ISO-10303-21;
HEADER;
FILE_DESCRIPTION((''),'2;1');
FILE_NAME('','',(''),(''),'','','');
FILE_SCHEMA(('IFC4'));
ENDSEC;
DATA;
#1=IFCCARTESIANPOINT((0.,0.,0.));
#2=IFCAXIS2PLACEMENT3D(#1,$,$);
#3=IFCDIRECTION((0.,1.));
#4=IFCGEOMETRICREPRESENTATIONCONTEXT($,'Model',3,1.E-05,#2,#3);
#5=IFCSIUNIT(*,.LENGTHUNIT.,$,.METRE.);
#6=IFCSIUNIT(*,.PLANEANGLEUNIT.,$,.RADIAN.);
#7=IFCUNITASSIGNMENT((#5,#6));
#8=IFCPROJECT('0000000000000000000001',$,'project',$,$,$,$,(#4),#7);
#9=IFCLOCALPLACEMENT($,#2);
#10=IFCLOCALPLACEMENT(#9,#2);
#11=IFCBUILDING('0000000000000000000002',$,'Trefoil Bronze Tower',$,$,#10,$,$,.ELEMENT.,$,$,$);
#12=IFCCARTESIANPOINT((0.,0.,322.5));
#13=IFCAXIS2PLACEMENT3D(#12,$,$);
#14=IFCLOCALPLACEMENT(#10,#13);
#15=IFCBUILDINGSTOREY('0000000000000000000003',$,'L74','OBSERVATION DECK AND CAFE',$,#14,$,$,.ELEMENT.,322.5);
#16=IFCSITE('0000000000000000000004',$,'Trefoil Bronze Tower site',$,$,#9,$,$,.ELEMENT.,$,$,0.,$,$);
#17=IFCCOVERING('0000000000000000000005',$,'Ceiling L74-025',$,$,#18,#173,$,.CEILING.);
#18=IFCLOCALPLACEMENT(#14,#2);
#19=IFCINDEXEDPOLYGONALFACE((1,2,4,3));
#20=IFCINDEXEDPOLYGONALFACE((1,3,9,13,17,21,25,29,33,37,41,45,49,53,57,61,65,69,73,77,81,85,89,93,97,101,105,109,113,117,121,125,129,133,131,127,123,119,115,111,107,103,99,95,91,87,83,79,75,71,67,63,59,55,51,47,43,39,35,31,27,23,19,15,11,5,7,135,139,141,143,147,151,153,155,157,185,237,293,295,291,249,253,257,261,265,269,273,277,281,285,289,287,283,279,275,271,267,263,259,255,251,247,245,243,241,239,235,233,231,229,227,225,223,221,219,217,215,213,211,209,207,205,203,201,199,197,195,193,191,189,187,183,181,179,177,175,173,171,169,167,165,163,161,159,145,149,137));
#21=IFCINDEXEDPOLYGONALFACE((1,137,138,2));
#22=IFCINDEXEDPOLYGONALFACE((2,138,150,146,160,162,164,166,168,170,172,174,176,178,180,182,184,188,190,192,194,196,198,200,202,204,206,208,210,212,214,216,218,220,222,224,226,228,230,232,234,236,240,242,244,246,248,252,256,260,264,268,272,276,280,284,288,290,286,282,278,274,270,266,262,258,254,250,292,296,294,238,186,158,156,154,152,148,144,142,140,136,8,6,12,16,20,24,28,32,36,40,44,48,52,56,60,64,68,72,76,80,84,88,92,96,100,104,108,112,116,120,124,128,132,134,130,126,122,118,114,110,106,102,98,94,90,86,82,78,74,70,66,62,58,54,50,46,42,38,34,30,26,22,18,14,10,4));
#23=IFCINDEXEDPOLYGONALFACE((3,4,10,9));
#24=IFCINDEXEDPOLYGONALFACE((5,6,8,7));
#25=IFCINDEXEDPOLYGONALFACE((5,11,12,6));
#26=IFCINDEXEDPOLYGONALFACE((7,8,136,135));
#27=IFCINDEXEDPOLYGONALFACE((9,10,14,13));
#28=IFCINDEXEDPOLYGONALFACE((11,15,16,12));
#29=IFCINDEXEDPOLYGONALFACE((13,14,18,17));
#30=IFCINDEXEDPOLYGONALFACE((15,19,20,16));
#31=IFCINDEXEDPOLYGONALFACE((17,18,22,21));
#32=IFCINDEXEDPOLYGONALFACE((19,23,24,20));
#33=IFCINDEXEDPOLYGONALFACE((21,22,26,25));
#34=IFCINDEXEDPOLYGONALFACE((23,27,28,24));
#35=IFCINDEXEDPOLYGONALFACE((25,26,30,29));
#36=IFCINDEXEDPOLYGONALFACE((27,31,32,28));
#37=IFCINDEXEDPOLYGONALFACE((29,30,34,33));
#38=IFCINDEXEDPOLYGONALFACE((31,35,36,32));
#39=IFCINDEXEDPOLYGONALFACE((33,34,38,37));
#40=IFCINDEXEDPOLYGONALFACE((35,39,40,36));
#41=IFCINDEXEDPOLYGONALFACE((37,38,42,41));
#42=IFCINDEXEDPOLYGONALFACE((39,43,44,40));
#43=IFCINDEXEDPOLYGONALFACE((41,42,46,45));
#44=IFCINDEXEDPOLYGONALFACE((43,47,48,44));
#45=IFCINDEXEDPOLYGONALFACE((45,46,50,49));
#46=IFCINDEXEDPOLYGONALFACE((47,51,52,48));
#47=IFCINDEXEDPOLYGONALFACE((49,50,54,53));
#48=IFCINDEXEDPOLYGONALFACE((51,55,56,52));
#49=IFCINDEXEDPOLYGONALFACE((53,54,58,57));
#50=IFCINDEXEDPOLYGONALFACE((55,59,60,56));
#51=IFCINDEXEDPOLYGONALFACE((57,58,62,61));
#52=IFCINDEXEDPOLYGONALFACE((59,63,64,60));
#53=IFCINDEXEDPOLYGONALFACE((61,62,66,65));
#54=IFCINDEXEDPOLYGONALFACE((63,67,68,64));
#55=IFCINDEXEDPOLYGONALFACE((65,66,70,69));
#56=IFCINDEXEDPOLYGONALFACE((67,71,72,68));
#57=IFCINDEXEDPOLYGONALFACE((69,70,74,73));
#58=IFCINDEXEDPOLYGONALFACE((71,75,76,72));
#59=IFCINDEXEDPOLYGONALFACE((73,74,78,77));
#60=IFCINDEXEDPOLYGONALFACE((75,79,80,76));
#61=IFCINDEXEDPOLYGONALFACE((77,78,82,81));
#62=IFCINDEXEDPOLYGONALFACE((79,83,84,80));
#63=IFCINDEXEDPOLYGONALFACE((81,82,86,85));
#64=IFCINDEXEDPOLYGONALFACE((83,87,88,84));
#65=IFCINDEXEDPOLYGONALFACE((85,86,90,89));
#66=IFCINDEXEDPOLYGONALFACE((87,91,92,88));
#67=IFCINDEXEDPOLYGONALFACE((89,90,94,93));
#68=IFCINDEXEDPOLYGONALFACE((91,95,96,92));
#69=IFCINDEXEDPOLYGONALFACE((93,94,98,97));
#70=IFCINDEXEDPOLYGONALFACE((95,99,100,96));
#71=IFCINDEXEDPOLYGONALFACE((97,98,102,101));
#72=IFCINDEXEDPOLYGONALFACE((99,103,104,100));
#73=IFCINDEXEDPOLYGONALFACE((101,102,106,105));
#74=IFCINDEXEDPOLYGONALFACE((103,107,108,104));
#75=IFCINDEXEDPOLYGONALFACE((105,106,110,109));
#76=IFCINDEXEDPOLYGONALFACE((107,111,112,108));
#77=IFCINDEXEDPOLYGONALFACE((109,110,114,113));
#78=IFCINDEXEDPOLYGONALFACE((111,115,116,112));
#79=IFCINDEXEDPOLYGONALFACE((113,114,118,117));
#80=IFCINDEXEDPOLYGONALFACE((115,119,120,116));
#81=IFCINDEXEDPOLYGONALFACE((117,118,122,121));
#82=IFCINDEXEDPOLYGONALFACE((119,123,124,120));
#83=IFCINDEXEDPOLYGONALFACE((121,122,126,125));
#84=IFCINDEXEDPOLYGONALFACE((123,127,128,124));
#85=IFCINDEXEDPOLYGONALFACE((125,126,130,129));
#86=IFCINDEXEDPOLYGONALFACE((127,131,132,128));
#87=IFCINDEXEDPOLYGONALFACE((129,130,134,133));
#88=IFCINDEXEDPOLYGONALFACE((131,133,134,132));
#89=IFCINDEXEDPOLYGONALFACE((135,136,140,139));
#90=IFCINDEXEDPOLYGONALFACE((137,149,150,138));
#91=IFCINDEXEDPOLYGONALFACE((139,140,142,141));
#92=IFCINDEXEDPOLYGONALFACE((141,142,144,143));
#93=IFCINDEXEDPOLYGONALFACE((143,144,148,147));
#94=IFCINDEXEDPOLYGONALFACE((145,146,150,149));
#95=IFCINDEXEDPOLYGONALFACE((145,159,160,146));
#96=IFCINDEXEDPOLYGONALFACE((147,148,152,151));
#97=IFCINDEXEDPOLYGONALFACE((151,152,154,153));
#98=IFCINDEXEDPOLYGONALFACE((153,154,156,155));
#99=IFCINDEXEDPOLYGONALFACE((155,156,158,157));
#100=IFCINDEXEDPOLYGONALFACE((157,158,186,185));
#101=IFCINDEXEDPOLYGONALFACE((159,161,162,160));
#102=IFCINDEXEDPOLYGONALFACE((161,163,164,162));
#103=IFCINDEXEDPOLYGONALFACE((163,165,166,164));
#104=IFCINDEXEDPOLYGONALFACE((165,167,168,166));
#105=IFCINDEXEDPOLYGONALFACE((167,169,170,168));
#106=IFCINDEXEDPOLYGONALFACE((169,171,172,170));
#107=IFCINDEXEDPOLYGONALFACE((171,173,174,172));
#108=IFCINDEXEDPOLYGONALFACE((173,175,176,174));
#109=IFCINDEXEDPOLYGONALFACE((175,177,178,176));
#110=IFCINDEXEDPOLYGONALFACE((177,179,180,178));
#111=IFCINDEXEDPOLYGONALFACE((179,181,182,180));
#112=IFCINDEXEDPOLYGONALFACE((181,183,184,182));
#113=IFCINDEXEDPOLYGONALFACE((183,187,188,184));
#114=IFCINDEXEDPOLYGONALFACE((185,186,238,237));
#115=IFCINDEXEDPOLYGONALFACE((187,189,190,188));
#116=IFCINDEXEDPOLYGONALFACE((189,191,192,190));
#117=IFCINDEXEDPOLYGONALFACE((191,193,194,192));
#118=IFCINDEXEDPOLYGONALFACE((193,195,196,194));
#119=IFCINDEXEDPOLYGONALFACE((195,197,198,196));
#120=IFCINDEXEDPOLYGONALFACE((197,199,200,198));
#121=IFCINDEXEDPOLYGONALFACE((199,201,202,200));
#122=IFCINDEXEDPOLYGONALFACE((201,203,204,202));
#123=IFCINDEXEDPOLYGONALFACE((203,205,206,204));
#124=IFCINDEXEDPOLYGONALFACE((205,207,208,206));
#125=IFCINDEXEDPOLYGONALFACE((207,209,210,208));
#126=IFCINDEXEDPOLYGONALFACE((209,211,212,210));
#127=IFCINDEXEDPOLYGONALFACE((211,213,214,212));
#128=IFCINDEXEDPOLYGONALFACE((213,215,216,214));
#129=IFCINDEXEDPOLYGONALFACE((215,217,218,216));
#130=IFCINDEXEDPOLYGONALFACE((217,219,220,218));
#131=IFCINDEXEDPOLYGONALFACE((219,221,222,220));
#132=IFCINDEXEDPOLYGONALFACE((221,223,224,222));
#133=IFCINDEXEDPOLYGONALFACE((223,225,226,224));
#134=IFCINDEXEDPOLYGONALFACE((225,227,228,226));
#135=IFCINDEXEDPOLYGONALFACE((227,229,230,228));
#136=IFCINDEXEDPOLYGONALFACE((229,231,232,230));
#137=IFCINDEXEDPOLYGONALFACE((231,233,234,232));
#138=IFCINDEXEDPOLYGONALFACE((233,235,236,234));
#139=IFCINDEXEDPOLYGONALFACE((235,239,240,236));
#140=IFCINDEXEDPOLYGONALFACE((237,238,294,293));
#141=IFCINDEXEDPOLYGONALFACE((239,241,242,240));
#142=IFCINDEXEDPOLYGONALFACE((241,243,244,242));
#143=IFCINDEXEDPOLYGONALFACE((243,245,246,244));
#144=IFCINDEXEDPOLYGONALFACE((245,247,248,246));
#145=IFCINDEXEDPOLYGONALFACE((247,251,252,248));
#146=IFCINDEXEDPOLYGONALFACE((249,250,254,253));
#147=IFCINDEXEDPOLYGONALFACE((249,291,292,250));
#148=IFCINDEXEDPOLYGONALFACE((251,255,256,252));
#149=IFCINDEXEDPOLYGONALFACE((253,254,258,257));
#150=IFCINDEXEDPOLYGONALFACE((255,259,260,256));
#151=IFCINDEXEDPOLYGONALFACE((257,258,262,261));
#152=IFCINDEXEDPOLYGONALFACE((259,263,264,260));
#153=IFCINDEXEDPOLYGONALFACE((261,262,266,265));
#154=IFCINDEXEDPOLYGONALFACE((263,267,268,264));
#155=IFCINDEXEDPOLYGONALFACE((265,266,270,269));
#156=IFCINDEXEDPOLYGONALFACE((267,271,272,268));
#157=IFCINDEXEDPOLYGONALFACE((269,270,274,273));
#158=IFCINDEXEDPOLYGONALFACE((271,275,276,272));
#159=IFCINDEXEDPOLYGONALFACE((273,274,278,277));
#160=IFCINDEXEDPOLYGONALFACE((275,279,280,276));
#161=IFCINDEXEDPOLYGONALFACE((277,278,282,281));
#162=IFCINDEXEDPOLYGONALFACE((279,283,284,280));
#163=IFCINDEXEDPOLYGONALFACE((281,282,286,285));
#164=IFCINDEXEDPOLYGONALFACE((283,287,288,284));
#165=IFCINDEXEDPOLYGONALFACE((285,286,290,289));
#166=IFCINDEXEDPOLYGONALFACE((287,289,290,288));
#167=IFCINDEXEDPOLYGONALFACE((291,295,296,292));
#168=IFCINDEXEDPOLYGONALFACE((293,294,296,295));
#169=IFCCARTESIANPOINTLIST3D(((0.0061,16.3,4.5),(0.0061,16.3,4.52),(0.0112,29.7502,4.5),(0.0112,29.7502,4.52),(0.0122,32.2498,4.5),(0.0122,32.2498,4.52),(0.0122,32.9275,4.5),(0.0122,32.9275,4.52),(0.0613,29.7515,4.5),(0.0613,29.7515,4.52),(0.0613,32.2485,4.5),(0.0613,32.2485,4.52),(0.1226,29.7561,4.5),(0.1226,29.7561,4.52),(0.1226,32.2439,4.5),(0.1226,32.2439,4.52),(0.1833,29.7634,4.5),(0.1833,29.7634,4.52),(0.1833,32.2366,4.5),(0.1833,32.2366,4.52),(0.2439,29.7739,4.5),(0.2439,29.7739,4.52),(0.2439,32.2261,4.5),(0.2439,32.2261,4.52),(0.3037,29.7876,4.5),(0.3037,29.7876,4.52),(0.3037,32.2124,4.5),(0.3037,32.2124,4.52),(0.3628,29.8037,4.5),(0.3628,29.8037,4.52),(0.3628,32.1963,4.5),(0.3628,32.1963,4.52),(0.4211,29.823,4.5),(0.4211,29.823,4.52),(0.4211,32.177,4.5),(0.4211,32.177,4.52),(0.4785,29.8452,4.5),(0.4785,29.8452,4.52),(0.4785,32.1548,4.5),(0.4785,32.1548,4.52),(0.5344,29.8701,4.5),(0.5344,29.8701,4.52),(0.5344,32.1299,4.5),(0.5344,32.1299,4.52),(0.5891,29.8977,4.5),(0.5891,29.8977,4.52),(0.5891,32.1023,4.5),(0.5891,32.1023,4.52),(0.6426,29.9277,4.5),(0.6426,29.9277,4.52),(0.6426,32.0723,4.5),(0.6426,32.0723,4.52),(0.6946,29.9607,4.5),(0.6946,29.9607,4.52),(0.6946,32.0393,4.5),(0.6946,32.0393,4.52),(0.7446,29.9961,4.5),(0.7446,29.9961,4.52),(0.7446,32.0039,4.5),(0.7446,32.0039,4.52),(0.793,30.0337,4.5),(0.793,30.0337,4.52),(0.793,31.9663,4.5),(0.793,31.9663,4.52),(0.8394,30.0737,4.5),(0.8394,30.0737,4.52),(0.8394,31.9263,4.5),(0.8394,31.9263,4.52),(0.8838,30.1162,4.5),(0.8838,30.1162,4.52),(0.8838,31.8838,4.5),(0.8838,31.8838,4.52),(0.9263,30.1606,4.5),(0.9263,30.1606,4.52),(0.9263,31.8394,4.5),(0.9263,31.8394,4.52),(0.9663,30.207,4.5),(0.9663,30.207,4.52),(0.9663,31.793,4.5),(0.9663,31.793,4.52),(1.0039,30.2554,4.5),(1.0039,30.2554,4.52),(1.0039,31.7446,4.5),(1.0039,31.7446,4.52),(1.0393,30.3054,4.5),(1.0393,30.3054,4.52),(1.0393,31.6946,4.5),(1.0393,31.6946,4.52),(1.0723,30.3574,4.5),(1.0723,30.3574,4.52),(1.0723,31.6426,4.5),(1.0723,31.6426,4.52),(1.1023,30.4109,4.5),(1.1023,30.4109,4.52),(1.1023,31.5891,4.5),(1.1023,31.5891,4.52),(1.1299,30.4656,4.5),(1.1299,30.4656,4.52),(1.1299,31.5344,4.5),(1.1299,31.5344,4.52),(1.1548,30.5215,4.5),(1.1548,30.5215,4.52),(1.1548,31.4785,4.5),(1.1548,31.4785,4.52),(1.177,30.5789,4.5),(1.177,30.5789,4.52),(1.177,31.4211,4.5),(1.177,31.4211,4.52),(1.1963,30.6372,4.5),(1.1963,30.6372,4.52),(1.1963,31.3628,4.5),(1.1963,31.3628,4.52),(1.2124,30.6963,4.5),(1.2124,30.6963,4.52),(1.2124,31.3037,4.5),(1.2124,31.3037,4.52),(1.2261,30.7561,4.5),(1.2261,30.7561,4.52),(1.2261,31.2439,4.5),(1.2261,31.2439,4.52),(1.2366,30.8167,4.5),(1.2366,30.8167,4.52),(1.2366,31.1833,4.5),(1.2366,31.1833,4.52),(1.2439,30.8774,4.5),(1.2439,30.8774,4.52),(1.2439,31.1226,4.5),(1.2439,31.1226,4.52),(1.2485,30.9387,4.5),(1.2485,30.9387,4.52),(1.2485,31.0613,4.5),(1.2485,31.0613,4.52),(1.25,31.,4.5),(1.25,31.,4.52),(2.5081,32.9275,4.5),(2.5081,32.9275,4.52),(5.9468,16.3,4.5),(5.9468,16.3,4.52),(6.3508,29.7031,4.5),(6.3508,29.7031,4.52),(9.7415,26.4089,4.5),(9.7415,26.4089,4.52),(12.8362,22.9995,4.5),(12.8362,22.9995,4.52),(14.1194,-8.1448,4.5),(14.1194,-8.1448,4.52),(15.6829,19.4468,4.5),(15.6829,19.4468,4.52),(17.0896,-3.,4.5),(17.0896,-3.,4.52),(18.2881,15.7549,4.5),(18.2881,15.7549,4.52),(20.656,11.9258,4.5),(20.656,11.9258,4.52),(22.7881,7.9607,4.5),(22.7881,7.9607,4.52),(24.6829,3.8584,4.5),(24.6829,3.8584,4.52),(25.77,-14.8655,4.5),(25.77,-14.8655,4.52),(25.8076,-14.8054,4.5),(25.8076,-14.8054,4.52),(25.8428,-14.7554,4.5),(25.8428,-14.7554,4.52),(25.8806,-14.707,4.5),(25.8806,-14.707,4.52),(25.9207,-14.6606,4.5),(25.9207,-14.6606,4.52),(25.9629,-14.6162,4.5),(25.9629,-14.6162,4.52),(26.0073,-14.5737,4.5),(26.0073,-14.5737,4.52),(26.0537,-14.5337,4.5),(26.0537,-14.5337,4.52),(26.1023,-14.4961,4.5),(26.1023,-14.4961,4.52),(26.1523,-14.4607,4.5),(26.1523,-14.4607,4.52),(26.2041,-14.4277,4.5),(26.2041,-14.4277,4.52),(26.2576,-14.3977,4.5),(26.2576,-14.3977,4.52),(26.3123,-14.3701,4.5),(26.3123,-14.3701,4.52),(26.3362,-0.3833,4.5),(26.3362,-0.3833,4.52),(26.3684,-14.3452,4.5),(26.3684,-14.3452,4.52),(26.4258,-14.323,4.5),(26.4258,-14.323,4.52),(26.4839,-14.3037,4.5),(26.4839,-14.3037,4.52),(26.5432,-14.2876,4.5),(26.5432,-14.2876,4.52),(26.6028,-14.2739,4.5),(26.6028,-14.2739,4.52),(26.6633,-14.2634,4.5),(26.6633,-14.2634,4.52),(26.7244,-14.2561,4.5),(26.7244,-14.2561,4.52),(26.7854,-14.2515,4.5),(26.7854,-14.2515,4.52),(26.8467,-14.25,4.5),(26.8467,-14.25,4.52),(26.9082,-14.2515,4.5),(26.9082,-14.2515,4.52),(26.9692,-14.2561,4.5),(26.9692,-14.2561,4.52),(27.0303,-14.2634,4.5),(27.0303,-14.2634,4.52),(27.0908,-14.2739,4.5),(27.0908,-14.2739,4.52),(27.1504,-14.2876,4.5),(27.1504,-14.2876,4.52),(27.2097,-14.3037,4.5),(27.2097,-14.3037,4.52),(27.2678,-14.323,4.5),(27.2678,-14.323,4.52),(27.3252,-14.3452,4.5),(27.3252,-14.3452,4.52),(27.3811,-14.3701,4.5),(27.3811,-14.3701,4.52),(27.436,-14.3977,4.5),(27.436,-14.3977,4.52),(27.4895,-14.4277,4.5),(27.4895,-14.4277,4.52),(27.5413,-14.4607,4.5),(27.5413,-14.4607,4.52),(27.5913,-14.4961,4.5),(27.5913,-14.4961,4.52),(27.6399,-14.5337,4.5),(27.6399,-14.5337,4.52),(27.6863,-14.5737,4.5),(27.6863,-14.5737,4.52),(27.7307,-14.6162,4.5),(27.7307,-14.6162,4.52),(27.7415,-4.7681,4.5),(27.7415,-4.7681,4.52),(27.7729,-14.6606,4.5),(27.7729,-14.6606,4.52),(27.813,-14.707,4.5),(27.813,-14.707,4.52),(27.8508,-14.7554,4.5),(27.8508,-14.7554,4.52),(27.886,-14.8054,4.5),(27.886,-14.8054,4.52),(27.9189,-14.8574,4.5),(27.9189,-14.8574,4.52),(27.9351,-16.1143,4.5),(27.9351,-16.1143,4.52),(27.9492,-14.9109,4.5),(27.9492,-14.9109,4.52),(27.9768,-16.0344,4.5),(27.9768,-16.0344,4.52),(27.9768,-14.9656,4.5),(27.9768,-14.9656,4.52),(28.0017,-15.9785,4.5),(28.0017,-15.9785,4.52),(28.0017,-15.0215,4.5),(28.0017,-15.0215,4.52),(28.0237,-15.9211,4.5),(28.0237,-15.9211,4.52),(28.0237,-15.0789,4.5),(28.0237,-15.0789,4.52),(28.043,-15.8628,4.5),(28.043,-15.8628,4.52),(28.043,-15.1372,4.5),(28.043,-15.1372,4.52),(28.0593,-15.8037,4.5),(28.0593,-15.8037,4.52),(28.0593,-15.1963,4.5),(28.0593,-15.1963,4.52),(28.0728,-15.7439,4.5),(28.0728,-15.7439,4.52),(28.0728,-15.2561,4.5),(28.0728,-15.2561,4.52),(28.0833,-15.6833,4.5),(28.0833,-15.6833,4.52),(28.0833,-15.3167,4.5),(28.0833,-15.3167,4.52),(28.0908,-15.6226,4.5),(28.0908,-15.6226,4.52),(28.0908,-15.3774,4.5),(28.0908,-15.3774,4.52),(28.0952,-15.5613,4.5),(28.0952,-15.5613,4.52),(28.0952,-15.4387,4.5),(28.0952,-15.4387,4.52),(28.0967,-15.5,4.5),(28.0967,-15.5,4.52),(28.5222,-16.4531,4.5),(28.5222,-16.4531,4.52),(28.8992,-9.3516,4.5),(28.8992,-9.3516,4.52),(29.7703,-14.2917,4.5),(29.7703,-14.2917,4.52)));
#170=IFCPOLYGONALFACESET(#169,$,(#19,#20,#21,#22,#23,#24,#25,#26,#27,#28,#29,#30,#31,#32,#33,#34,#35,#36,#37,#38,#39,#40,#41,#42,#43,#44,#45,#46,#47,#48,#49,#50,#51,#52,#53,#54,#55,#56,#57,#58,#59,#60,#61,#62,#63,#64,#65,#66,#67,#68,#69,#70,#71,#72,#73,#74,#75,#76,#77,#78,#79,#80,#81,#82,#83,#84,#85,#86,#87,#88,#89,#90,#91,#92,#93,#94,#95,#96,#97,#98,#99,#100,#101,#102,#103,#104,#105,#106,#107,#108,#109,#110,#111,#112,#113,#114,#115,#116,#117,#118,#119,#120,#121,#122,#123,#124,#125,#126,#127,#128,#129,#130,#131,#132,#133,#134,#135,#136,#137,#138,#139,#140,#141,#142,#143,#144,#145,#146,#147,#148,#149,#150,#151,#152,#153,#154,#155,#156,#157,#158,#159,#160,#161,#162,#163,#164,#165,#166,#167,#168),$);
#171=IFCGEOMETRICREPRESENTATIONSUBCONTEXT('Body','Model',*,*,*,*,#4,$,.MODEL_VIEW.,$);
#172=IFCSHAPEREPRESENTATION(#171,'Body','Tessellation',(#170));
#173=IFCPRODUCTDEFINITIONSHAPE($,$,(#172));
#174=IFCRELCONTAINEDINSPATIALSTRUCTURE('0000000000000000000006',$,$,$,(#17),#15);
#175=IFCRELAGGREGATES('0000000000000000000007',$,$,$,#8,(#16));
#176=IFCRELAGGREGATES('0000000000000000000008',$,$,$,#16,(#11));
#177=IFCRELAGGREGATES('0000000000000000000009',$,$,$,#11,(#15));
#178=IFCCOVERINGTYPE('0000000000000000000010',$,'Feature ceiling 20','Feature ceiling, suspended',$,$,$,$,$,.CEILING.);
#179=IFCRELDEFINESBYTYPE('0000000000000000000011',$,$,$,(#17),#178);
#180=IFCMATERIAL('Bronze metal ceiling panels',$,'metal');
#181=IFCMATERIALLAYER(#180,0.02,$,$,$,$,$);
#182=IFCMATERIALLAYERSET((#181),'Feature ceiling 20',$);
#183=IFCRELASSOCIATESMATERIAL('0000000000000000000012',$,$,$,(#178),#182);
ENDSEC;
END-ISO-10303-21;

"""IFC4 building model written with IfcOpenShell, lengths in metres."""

from ifc_helpers import new_model, si_unit, direction, frame, origin, place, context, subcontext, project, spatial, polyline, outline, extrude, material, layer, layer_set, type_object, element, save


model = new_model("IFC4")

# Units and contexts
model_context = context("Model", 3, precision=1e-05, world=origin(), true_north=direction((0.0, 1.0)))
body_context = subcontext(model_context, "Body", "Model", "MODEL_VIEW")
ifc_project = project(units=[si_unit("LENGTHUNIT", "METRE"), si_unit("PLANEANGLEUNIT", "RADIAN")], contexts=[model_context])

# Site, building, storey
site_placement = place(None, origin())
site = spatial("IfcSite", under=ifc_project, at=site_placement, Name="Trefoil Bronze Tower site", CompositionType="ELEMENT", RefElevation=0.0)
building_placement = place(site_placement, origin())
building = spatial("IfcBuilding", under=site, at=building_placement, Name="Trefoil Bronze Tower", CompositionType="ELEMENT")
storey_placement = place(building_placement, frame((0.0, 0.0, 322.5)))
storey = spatial("IfcBuildingStorey", under=building, at=storey_placement, Name="L74", Description="OBSERVATION DECK AND CAFE", CompositionType="ELEMENT", Elevation=322.5)

# Covering
ifc_material_1 = material(Name="Bronze metal ceiling panels", Category="metal")
ifc_layer_1 = layer(ifc_material_1, 0.02)
ifc_layer_set_1 = layer_set([ifc_layer_1], Name="Feature ceiling 20")
covering_type = type_object("IfcCoveringType", Name="Feature ceiling 20", Description="Feature ceiling, suspended", PredefinedType="CEILING", material=ifc_layer_set_1)
covering_1_placement = place(storey_placement, frame((0.0, 0.0, 4.5)))
element("IfcCovering", 1, at=covering_1_placement, inside=storey, type_object=covering_type, Name="Ceiling L74-025", PredefinedType="CEILING", context=body_context, shape_type="SweptSolid", body=[
    extrude(outline(polyline([(9.7415, 26.4089), (12.8362, 22.9995), (15.6829, 19.4468), (18.2881, 15.7549), (20.656, 11.9258), (22.7881, 7.9607), (24.6829, 3.8584), (26.3362, -0.3833), (27.7415, -4.7681), (28.8992, -9.3516), (29.7703, -14.2917), (28.5222, -16.4531), (27.9351, -16.1143), (27.9768, -16.0344), (28.0017, -15.9785), (28.0237, -15.9211), (28.043, -15.8628), (28.0593, -15.8037), (28.0728, -15.7439), (28.0833, -15.6833), (28.0908, -15.6226), (28.0952, -15.5613), (28.0967, -15.5), (28.0952, -15.4387), (28.0908, -15.3774), (28.0833, -15.3167), (28.0728, -15.2561), (28.0593, -15.1963), (28.043, -15.1372), (28.0237, -15.0789), (28.0017, -15.0215), (27.9768, -14.9656), (27.9492, -14.9109), (27.9189, -14.8574), (27.886, -14.8054), (27.8508, -14.7554), (27.813, -14.707), (27.7729, -14.6606), (27.7307, -14.6162), (27.6863, -14.5737), (27.6399, -14.5337), (27.5913, -14.4961), (27.5413, -14.4607), (27.4895, -14.4277), (27.436, -14.3977), (27.3811, -14.3701), (27.3252, -14.3452), (27.2678, -14.323), (27.2097, -14.3037), (27.1504, -14.2876), (27.0908, -14.2739), (27.0303, -14.2634), (26.9692, -14.2561), (26.9082, -14.2515), (26.8467, -14.25), (26.7854, -14.2515), (26.7244, -14.2561), (26.6633, -14.2634), (26.6028, -14.2739), (26.5432, -14.2876), (26.4839, -14.3037), (26.4258, -14.323), (26.3684, -14.3452), (26.3123, -14.3701), (26.2576, -14.3977), (26.2041, -14.4277), (26.1523, -14.4607), (26.1023, -14.4961), (26.0537, -14.5337), (26.0073, -14.5737), (25.9629, -14.6162), (25.9207, -14.6606), (25.8806, -14.707), (25.8428, -14.7554), (25.8076, -14.8054), (25.77, -14.8655), (14.1194, -8.1448), (17.0896, -3.0), (5.9468, 16.3), (0.0061, 16.3), (0.0112, 29.7502), (0.0613, 29.7515), (0.1226, 29.7561), (0.1833, 29.7634), (0.2439, 29.7739), (0.3037, 29.7876), (0.3628, 29.8037), (0.4211, 29.823), (0.4785, 29.8452), (0.5344, 29.8701), (0.5891, 29.8977), (0.6426, 29.9277), (0.6946, 29.9607), (0.7446, 29.9961), (0.793, 30.0337), (0.8394, 30.0737), (0.8838, 30.1162), (0.9263, 30.1606), (0.9663, 30.207), (1.0039, 30.2554), (1.0393, 30.3054), (1.0723, 30.3574), (1.1023, 30.4109), (1.1299, 30.4656), (1.1548, 30.5215), (1.177, 30.5789), (1.1963, 30.6372), (1.2124, 30.6963), (1.2261, 30.7561), (1.2366, 30.8167), (1.2439, 30.8774), (1.2485, 30.9387), (1.25, 31.0), (1.2485, 31.0613), (1.2439, 31.1226), (1.2366, 31.1833), (1.2261, 31.2439), (1.2124, 31.3037), (1.1963, 31.3628), (1.177, 31.4211), (1.1548, 31.4785), (1.1299, 31.5344), (1.1023, 31.5891), (1.0723, 31.6426), (1.0393, 31.6946), (1.0039, 31.7446), (0.9663, 31.793), (0.9263, 31.8394), (0.8838, 31.8838), (0.8394, 31.9263), (0.793, 31.9663), (0.7446, 32.0039), (0.6946, 32.0393), (0.6426, 32.0723), (0.5891, 32.1023), (0.5344, 32.1299), (0.4785, 32.1548), (0.4211, 32.177), (0.3628, 32.1963), (0.3037, 32.2124), (0.2439, 32.2261), (0.1833, 32.2366), (0.1226, 32.2439), (0.0613, 32.2485), (0.0122, 32.2498), (0.0122, 32.9275), (2.5081, 32.9275), (6.3508, 29.7031), (9.7415, 26.4089)])), origin(), (0.0, 0.0, 1.0), 0.02),
])

save(model, "model.ifc")
